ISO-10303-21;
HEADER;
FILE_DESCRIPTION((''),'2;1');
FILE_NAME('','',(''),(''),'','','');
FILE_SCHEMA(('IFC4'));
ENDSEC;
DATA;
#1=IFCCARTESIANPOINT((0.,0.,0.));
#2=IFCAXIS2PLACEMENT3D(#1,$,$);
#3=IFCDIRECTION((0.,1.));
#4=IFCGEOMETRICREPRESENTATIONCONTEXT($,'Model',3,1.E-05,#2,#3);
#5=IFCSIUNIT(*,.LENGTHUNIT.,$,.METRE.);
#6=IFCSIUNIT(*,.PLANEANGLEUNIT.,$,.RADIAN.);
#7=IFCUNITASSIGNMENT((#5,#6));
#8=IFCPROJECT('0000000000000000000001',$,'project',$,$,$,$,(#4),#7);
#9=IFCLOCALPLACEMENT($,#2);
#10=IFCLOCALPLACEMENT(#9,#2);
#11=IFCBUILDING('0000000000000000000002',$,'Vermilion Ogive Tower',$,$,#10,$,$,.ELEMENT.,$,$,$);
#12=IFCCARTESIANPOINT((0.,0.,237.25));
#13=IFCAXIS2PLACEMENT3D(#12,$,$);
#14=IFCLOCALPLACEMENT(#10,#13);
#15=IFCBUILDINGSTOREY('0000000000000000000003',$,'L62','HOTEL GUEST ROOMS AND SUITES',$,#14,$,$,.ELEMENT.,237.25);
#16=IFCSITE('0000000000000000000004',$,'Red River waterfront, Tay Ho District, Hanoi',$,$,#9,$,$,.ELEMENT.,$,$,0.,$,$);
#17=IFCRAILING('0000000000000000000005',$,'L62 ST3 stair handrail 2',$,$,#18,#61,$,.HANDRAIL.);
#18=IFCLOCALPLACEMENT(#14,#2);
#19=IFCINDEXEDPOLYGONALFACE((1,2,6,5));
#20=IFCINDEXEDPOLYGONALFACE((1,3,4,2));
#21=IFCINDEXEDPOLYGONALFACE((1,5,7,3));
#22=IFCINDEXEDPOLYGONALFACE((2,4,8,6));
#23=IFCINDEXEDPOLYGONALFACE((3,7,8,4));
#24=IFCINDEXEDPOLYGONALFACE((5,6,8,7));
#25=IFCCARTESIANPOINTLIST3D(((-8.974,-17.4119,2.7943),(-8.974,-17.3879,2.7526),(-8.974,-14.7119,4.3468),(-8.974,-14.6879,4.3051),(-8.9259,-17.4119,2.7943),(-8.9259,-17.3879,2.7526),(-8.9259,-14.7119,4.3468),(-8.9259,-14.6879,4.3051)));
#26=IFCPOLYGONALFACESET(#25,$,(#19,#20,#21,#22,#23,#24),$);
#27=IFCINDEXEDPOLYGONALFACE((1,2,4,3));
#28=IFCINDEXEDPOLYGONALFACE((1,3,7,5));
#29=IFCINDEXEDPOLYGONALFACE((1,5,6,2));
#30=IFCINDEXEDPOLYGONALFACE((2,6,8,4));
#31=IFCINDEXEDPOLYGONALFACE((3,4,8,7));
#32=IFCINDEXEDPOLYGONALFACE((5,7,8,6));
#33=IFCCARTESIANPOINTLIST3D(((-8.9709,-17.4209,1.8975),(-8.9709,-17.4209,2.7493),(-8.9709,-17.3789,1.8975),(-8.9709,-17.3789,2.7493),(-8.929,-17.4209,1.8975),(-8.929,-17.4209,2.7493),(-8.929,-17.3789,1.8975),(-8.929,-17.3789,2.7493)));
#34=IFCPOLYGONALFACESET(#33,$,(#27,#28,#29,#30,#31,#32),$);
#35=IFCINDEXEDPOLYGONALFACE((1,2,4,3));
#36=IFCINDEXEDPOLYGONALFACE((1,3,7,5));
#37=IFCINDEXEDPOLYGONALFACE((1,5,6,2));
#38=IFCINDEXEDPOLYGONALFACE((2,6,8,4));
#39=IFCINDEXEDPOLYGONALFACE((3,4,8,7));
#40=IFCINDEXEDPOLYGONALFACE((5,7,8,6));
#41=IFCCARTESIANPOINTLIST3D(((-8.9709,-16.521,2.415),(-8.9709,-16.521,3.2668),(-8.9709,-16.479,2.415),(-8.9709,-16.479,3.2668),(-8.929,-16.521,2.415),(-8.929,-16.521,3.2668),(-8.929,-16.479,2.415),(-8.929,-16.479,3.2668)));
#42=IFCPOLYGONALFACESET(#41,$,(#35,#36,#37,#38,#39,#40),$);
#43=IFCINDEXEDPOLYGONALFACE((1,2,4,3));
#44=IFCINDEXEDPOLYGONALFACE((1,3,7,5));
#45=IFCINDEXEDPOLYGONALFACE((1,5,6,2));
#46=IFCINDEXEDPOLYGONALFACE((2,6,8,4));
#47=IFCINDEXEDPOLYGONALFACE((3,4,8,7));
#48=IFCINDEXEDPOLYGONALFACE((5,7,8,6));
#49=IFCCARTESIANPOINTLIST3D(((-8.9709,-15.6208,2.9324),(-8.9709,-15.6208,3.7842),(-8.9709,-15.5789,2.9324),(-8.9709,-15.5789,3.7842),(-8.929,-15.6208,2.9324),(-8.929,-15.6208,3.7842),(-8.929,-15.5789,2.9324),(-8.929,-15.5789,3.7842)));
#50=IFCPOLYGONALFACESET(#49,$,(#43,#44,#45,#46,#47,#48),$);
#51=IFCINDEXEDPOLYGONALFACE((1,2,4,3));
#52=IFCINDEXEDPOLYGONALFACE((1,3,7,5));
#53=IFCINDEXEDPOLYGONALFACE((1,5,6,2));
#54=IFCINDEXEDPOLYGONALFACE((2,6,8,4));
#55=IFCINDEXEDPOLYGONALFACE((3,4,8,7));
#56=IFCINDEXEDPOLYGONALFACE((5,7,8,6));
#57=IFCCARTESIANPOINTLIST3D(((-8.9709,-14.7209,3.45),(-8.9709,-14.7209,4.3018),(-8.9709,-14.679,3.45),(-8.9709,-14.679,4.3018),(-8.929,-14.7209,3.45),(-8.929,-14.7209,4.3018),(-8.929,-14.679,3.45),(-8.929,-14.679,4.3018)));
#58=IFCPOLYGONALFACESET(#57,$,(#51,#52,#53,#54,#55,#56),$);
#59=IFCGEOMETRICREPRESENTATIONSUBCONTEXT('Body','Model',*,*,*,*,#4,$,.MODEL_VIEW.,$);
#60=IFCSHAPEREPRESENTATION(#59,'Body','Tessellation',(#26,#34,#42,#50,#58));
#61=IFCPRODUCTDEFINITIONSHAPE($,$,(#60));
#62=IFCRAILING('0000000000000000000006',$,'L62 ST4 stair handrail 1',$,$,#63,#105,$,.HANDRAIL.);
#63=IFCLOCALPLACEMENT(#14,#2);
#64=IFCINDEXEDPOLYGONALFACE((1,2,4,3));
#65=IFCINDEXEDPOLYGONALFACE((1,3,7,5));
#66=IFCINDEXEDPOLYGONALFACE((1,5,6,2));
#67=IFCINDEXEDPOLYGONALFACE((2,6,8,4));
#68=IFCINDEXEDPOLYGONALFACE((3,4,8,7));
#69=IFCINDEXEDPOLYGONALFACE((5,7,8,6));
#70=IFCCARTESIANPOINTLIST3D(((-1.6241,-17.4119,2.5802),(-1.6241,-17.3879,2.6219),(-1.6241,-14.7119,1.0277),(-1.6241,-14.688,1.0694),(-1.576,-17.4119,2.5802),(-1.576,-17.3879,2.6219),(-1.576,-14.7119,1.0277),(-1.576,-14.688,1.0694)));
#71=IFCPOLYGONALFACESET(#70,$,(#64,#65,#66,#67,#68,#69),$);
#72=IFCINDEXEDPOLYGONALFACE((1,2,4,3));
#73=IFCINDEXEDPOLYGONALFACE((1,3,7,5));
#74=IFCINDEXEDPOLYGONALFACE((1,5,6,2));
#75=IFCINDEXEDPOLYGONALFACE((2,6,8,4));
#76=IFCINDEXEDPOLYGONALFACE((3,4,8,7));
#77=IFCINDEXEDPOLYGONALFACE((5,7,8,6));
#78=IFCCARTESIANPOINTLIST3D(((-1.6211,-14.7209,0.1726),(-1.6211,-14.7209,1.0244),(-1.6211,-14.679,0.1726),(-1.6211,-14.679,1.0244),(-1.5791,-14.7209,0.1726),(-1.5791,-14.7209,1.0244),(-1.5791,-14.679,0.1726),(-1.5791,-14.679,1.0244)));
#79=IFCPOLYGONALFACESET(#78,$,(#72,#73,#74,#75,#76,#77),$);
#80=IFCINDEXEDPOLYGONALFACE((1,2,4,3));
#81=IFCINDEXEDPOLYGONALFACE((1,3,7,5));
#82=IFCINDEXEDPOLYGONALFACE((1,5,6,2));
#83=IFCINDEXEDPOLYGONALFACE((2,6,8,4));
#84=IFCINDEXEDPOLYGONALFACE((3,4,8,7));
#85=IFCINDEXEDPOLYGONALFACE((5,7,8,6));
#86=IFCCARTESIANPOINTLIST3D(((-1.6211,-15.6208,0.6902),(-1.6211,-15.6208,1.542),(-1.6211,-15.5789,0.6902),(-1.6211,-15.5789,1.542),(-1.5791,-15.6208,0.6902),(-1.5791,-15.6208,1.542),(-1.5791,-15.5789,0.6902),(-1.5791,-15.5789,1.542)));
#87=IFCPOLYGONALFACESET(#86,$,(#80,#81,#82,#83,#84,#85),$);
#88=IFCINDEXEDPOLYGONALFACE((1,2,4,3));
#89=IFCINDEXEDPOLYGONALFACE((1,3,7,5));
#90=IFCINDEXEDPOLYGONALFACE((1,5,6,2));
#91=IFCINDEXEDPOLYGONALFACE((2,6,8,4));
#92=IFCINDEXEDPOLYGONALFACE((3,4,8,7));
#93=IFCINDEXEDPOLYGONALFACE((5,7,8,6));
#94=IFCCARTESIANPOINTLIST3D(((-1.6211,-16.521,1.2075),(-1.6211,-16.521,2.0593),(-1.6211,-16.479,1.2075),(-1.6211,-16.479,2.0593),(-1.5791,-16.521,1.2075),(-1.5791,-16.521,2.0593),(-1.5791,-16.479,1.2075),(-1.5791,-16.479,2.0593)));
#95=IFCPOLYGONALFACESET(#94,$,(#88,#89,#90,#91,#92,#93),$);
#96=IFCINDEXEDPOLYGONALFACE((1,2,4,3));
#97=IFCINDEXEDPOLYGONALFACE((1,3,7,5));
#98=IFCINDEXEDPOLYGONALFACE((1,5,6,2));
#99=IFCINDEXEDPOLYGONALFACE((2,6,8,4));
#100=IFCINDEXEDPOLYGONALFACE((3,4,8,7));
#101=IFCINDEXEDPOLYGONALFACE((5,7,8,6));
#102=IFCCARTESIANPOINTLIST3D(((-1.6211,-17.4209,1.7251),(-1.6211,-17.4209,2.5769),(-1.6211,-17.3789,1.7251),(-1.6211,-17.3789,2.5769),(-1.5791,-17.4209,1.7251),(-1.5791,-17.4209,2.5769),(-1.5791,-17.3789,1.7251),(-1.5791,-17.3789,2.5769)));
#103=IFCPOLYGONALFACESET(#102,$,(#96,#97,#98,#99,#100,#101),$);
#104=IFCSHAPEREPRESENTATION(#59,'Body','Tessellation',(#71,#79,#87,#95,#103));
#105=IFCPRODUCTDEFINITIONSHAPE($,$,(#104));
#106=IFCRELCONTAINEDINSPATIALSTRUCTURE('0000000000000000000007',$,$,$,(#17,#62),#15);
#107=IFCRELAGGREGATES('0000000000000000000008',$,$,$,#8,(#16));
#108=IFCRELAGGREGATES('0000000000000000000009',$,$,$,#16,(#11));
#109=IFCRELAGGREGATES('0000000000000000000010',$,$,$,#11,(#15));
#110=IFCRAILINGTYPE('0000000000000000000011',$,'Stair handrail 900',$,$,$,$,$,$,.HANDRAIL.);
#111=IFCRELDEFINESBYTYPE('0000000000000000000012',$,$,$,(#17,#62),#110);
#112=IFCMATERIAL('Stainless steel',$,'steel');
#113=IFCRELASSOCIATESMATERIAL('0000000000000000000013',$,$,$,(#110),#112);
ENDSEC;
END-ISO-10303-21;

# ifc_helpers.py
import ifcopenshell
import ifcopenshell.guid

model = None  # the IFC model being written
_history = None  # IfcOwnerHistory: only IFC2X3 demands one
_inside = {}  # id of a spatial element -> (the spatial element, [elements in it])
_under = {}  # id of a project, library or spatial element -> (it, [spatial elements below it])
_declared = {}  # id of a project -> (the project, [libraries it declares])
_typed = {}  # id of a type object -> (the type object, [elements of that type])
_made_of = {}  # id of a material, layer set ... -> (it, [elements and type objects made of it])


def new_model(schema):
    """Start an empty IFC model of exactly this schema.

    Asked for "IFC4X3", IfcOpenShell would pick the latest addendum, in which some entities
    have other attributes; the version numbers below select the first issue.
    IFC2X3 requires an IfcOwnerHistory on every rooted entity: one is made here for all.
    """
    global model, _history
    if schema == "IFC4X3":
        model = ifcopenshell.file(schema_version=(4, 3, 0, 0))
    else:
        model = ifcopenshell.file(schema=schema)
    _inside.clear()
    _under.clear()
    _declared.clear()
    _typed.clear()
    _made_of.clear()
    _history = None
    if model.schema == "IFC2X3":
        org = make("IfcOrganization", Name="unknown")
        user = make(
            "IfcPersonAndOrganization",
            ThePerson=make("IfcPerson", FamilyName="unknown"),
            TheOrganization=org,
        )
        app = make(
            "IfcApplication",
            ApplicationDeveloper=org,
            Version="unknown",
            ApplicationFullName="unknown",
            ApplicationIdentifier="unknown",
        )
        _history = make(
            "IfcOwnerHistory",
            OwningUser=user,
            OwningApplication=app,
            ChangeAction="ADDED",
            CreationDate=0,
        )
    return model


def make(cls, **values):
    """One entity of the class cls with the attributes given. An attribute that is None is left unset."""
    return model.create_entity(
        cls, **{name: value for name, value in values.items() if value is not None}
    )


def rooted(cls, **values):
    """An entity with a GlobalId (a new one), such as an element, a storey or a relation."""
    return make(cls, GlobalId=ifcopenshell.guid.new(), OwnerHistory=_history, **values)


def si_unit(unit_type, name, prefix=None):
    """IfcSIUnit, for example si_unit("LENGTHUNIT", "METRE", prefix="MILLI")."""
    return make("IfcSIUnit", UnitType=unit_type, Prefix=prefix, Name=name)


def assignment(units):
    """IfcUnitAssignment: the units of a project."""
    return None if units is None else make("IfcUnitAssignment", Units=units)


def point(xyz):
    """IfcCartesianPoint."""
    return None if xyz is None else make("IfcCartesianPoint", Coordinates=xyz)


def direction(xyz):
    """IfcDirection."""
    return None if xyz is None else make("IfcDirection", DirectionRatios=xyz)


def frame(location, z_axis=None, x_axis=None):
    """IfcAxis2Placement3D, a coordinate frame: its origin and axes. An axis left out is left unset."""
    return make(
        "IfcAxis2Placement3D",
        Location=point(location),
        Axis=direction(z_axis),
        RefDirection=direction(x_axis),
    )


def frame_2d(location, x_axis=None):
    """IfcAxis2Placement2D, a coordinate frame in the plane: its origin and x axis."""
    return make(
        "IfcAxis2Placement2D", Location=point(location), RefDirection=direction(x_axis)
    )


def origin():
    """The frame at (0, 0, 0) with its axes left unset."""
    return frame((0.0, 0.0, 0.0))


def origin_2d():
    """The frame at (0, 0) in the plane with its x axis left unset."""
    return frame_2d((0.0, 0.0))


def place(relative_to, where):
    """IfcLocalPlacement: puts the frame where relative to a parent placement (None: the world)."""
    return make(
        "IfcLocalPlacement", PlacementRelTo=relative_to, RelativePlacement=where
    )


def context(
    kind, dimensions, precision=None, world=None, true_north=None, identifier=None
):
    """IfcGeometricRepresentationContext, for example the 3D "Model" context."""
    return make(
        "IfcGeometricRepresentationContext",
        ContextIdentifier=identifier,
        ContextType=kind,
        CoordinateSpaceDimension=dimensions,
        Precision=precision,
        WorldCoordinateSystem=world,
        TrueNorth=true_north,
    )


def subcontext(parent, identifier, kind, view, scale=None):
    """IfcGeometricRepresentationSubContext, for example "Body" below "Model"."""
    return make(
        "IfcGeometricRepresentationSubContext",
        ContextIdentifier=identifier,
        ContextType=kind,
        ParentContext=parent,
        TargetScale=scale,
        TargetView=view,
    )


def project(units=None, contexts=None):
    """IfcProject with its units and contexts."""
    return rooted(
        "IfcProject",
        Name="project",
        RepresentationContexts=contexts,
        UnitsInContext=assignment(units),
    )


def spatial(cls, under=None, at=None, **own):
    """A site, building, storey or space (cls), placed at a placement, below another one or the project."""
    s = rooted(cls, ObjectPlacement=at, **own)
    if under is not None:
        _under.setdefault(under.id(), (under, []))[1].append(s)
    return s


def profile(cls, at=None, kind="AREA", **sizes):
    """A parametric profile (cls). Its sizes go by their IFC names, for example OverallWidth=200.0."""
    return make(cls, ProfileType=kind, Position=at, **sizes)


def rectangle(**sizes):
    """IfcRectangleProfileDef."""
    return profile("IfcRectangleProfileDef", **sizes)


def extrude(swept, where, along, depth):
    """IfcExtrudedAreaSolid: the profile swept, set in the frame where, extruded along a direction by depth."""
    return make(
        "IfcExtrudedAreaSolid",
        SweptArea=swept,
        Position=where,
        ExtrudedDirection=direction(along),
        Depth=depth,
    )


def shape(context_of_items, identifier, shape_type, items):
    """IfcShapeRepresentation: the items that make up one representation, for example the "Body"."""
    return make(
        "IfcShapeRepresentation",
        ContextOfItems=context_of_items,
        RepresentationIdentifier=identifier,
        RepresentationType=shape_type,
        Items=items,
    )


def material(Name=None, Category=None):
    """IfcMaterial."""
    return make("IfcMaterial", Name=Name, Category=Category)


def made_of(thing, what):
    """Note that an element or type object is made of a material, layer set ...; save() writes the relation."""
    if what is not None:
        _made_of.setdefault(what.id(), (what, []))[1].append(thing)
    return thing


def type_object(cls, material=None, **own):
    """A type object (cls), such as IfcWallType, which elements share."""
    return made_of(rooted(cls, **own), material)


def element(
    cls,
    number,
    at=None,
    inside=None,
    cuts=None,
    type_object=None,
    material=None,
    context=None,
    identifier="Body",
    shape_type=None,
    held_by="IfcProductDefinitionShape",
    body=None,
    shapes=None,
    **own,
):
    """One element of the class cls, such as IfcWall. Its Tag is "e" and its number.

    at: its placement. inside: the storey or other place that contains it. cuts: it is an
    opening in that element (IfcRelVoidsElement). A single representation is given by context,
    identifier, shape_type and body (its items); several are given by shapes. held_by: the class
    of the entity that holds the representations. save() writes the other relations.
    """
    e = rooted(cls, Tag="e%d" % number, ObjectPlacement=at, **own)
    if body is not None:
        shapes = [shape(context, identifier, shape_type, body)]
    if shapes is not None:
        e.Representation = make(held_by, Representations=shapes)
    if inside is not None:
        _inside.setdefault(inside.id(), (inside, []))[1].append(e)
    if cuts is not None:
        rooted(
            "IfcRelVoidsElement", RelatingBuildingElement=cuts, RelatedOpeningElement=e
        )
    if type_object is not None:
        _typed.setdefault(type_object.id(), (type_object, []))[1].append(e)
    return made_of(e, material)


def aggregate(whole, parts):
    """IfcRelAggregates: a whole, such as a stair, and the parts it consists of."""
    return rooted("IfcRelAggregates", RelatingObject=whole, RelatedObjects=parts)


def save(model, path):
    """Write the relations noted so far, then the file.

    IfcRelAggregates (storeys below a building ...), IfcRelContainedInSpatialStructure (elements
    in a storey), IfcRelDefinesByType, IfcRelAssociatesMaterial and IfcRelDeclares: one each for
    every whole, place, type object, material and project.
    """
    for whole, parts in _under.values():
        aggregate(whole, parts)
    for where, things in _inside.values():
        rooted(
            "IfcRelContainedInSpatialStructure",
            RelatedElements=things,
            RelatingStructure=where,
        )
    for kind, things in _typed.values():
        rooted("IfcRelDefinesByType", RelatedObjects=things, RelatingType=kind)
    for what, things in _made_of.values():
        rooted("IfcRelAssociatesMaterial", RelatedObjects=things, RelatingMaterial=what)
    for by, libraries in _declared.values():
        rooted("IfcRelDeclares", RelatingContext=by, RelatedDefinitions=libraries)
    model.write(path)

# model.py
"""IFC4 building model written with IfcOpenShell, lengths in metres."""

from ifc_helpers import new_model, si_unit, direction, frame, origin, origin_2d, place, context, subcontext, project, spatial, rectangle, extrude, material, type_object, element, save


model = new_model("IFC4")

# Units and contexts
model_context = context("Model", 3, precision=1e-05, world=origin(), true_north=direction((0.0, 1.0)))
body_context = subcontext(model_context, "Body", "Model", "MODEL_VIEW")
ifc_project = project(units=[si_unit("LENGTHUNIT", "METRE"), si_unit("PLANEANGLEUNIT", "RADIAN")], contexts=[model_context])

# Site, building, storey
site_placement = place(None, origin())
site = spatial("IfcSite", under=ifc_project, at=site_placement, Name="Red River waterfront, Tay Ho District, Hanoi", CompositionType="ELEMENT", RefElevation=0.0)
building_placement = place(site_placement, origin())
building = spatial("IfcBuilding", under=site, at=building_placement, Name="Vermilion Ogive Tower", CompositionType="ELEMENT")
storey_placement = place(building_placement, frame((0.0, 0.0, 237.25)))
storey = spatial("IfcBuildingStorey", under=building, at=storey_placement, Name="L62", Description="HOTEL GUEST ROOMS AND SUITES", CompositionType="ELEMENT", Elevation=237.25)

# Railings
ifc_material_1 = material(Name="Stainless steel", Category="steel")
railing_type_1 = type_object("IfcRailingType", Name="Stair handrail 900", PredefinedType="HANDRAIL", material=ifc_material_1)
railing_1_placement = place(storey_placement, frame((-8.95, -17.3999, 1.8975)))
element("IfcRailing", 1, at=railing_1_placement, inside=storey, type_object=railing_type_1, Name="L62 ST3 stair handrail 2", PredefinedType="HANDRAIL", context=body_context, shape_type="SweptSolid", body=[
    extrude(rectangle(XDim=0.0481, YDim=0.0481, at=origin_2d()), frame((0.0, 0.0, 0.876), z_axis=(0.0, 0.866904, 0.498476), x_axis=(-1.0, 0.0, 0.0)), (0.0, 0.0, 1.0), 3.1145),
    extrude(rectangle(XDim=0.042, YDim=0.042, at=origin_2d()), origin(), (0.0, 0.0, 1.0), 0.8518),
    extrude(rectangle(XDim=0.042, YDim=0.042, at=origin_2d()), frame((0.0, 0.8999, 0.5176)), (0.0, 0.0, 1.0), 0.8518),
    extrude(rectangle(XDim=0.042, YDim=0.042, at=origin_2d()), frame((0.0, 1.8, 1.0349)), (0.0, 0.0, 1.0), 0.8518),
    extrude(rectangle(XDim=0.042, YDim=0.042, at=origin_2d()), frame((0.0, 2.7, 1.5525)), (0.0, 0.0, 1.0), 0.8518),
])
railing_2_placement = place(storey_placement, frame((-1.6001, -14.7, 0.1726)))
element("IfcRailing", 2, at=railing_2_placement, inside=storey, type_object=railing_type_1, Name="L62 ST4 stair handrail 1", PredefinedType="HANDRAIL", context=body_context, shape_type="SweptSolid", body=[
    extrude(rectangle(XDim=0.0481, YDim=0.0481, at=origin_2d()), frame((0.0, 0.0, 0.876), z_axis=(0.0, -0.866904, 0.498476), x_axis=(1.0, 0.0, 0.0)), (0.0, 0.0, 1.0), 3.1145),
    extrude(rectangle(XDim=0.042, YDim=0.042, at=origin_2d()), origin(), (0.0, 0.0, 1.0), 0.8518),
    extrude(rectangle(XDim=0.042, YDim=0.042, at=origin_2d()), frame((0.0, -0.8999, 0.5176)), (0.0, 0.0, 1.0), 0.8518),
    extrude(rectangle(XDim=0.042, YDim=0.042, at=origin_2d()), frame((0.0, -1.8, 1.0349)), (0.0, 0.0, 1.0), 0.8518),
    extrude(rectangle(XDim=0.042, YDim=0.042, at=origin_2d()), frame((0.0, -2.7, 1.5525)), (0.0, 0.0, 1.0), 0.8518),
])

save(model, "model.ifc")
